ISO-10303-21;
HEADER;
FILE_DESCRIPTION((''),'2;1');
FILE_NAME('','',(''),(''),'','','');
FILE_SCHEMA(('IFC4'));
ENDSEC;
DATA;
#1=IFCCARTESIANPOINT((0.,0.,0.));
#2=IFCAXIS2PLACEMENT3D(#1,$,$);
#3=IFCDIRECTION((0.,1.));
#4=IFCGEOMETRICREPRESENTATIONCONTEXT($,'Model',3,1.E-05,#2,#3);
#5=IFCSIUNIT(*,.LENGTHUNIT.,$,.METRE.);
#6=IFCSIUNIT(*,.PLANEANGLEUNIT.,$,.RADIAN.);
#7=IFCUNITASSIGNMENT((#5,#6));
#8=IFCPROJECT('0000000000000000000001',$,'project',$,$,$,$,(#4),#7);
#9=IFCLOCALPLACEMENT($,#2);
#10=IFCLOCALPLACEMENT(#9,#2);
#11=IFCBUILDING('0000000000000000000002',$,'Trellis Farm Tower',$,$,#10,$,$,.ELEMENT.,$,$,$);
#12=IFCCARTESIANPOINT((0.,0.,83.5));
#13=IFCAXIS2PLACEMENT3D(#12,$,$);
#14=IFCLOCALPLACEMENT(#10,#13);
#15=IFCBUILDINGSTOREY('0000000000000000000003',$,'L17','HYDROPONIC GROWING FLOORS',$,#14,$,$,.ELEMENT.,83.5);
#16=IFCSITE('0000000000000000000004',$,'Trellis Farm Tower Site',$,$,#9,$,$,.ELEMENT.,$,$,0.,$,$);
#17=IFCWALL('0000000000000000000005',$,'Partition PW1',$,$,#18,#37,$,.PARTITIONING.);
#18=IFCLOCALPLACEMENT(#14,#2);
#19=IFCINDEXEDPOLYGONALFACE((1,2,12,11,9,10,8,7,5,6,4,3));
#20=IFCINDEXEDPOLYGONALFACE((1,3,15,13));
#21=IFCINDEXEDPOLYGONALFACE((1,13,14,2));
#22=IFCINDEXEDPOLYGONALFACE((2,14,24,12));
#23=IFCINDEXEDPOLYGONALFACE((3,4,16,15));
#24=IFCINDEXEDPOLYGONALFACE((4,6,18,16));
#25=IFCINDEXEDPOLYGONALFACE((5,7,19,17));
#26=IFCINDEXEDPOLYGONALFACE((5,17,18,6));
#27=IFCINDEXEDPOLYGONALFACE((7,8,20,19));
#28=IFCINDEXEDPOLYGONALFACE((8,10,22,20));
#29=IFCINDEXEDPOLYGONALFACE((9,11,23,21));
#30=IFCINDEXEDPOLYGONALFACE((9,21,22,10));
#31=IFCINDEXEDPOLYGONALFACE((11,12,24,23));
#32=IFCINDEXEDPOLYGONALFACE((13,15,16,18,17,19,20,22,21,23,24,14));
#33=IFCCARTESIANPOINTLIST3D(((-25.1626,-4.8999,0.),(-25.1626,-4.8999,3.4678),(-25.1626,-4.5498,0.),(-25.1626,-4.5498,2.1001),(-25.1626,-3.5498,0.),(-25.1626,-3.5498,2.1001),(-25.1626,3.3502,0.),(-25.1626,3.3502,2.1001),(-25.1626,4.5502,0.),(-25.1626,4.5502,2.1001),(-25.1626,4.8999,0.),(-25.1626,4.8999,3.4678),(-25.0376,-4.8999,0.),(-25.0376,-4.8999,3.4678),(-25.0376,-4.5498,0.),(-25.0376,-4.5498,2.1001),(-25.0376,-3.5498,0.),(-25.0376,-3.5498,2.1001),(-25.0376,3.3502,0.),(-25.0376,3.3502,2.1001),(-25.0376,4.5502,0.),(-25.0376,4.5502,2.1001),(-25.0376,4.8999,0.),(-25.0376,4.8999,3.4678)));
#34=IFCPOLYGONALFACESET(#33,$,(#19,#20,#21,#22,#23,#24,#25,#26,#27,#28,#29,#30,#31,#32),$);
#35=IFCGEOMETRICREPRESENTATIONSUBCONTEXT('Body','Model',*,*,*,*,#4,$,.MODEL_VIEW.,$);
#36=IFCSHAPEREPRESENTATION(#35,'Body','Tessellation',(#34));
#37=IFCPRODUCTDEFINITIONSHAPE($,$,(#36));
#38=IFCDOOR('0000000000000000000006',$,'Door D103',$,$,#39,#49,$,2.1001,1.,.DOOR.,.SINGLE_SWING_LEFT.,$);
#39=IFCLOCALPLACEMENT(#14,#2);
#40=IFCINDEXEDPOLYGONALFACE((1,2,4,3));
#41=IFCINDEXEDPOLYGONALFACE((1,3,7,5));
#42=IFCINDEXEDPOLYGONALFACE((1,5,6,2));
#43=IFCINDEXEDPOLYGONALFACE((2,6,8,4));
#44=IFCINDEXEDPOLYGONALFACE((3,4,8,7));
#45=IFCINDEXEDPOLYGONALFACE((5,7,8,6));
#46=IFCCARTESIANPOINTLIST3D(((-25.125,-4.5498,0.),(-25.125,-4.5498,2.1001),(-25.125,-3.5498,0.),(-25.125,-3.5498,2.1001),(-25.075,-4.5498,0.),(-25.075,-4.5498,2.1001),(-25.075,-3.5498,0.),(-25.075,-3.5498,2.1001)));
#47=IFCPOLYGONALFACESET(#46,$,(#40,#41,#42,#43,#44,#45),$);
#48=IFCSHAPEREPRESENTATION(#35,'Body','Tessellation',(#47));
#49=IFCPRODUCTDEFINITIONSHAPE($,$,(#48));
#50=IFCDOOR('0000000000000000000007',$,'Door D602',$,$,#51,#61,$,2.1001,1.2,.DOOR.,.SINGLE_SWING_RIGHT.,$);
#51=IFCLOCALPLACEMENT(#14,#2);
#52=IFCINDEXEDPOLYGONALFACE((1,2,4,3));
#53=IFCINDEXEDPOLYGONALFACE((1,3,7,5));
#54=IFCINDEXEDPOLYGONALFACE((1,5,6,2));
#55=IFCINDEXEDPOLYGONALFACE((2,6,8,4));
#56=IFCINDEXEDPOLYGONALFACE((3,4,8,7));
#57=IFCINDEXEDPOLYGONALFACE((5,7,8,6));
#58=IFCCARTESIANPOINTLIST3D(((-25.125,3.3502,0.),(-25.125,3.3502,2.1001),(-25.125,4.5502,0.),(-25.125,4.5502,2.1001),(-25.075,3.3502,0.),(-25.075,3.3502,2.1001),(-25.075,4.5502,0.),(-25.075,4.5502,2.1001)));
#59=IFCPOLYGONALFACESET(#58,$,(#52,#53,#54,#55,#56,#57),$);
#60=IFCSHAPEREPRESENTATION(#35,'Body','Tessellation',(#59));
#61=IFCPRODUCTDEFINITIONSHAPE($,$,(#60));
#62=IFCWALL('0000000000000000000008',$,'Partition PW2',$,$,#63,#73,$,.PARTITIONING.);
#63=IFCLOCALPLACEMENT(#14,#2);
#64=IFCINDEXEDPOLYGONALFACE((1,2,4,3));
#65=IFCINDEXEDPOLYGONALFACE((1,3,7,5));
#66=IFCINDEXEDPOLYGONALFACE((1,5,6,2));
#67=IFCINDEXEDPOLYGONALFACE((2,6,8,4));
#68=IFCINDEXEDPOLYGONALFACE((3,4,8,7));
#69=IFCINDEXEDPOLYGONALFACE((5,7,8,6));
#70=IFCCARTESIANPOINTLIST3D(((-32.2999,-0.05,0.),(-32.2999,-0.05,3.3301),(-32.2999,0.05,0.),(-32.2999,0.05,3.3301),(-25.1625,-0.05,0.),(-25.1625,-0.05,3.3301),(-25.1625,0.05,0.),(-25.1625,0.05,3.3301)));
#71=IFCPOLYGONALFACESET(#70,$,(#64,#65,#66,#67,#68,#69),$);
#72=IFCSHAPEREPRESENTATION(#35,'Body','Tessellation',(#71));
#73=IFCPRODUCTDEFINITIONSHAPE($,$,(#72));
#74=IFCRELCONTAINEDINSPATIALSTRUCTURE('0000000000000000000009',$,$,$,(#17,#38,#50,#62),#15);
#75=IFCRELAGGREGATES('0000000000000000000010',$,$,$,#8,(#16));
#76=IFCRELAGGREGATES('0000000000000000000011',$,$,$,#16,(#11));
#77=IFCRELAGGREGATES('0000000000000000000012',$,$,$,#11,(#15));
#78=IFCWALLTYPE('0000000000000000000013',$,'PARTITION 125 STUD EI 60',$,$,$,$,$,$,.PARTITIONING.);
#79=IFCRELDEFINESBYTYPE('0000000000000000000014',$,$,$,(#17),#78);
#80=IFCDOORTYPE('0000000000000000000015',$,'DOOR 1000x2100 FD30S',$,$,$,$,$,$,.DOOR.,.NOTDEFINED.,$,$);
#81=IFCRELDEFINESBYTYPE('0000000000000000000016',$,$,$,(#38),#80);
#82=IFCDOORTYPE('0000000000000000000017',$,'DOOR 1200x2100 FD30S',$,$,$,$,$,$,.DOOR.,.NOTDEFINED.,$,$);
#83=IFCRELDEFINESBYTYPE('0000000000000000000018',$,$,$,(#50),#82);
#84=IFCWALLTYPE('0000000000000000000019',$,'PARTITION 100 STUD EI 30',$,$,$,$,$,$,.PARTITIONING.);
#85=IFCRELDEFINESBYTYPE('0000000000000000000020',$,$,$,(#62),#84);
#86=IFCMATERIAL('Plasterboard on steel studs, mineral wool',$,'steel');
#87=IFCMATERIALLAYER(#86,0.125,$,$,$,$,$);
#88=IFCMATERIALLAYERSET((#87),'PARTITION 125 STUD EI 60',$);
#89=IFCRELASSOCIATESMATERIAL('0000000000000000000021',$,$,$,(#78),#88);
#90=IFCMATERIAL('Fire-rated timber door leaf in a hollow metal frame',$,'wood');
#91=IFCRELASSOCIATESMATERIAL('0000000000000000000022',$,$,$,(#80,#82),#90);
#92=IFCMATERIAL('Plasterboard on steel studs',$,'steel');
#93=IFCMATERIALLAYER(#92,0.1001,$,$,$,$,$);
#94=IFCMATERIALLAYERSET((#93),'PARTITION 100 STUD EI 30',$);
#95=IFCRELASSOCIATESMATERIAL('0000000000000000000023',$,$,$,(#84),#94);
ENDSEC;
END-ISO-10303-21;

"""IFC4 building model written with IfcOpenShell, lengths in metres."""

from ifc_helpers import new_model, si_unit, direction, frame, frame_2d, origin, place, context, subcontext, project, spatial, rectangle, extrude, source, transform, mapped, material, layer, layer_set, type_object, element, fill, save


model = new_model("IFC4")

# Units and contexts
model_context = context("Model", 3, precision=1e-05, world=origin(), true_north=direction((0.0, 1.0)))
body_context = subcontext(model_context, "Body", "Model", "MODEL_VIEW")
ifc_project = project(units=[si_unit("LENGTHUNIT", "METRE"), si_unit("PLANEANGLEUNIT", "RADIAN")], contexts=[model_context])

# Site, building, storey
site_placement = place(None, origin())
site = spatial("IfcSite", under=ifc_project, at=site_placement, Name="Trellis Farm Tower Site", CompositionType="ELEMENT", RefElevation=0.0)
building_placement = place(site_placement, origin())
building = spatial("IfcBuilding", under=site, at=building_placement, Name="Trellis Farm Tower", CompositionType="ELEMENT")
storey_placement = place(building_placement, frame((0.0, 0.0, 83.5)))
storey = spatial("IfcBuildingStorey", under=building, at=storey_placement, Name="L17", Description="HYDROPONIC GROWING FLOORS", CompositionType="ELEMENT", Elevation=83.5)

# Wall, openings, doors
ifc_material_1 = material(Name="Plasterboard on steel studs, mineral wool", Category="steel")
ifc_layer_1 = layer(ifc_material_1, 0.125)
ifc_layer_set_1 = layer_set([ifc_layer_1], Name="PARTITION 125 STUD EI 60")
wall_type_1 = type_object("IfcWallType", Name="PARTITION 125 STUD EI 60", PredefinedType="PARTITIONING", material=ifc_layer_set_1)
shared_shape_1 = source(origin(), body_context, "Body", "SweptSolid", [
    extrude(rectangle(XDim=9.7998, YDim=0.125, at=frame_2d((4.8999, 0.0))), origin(), (0.0, 0.0, 1.0), 3.4678),
])
wall_1_placement = place(storey_placement, frame((-25.1001, -4.8999, 0.0), z_axis=(0.0, 0.0, 1.0), x_axis=(0.0, 1.0, 0.0)))
wall_1 = element("IfcWall", 1, at=wall_1_placement, inside=storey, type_object=wall_type_1, Name="Partition PW1", PredefinedType="PARTITIONING", context=body_context, shape_type="MappedRepresentation", body=[
    mapped(shared_shape_1, transform((0.0, 0.0, 0.0))),
])
shared_shape_2 = source(origin(), body_context, "Body", "SweptSolid", [
    extrude(rectangle(XDim=1.0, YDim=2.1001, at=frame_2d((0.5, 1.05))), frame((0.0, 0.0725, 0.0), z_axis=(0.0, -1.0, 0.0), x_axis=(1.0, 0.0, 0.0)), (0.0, 0.0, 1.0), 0.145),
])
opening_1_placement = place(wall_1_placement, frame((0.3501, 0.0, 0.0)))
opening_1 = element("IfcOpeningElement", 2, at=opening_1_placement, cuts=wall_1, PredefinedType="OPENING", context=body_context, shape_type="MappedRepresentation", body=[
    mapped(shared_shape_2, transform((0.0, 0.0, 0.0))),
])
shared_shape_3 = source(origin(), body_context, "Body", "SweptSolid", [
    extrude(rectangle(XDim=1.2, YDim=2.1001, at=frame_2d((0.6001, 1.05))), frame((0.0, 0.0725, 0.0), z_axis=(0.0, -1.0, 0.0), x_axis=(1.0, 0.0, 0.0)), (0.0, 0.0, 1.0), 0.145),
])
opening_2_placement = place(wall_1_placement, frame((8.25, 0.0, 0.0)))
opening_2 = element("IfcOpeningElement", 3, at=opening_2_placement, cuts=wall_1, PredefinedType="OPENING", context=body_context, shape_type="MappedRepresentation", body=[
    mapped(shared_shape_3, transform((0.0, 0.0, 0.0))),
])
ifc_material_2 = material(Name="Fire-rated timber door leaf in a hollow metal frame", Category="wood")
door_type_1 = type_object("IfcDoorType", Name="DOOR 1000x2100 FD30S", OperationType="NOTDEFINED", PredefinedType="DOOR", material=ifc_material_2)
shared_shape_4 = source(origin(), body_context, "Body", "SweptSolid", [
    extrude(rectangle(XDim=1.0, YDim=2.1001, at=frame_2d((0.5, 1.05))), frame((0.0, 0.0249, 0.0), z_axis=(0.0, -1.0, 0.0), x_axis=(1.0, 0.0, 0.0)), (0.0, 0.0, 1.0), 0.05),
])
door_1_placement = place(opening_1_placement, origin())
door_1 = element("IfcDoor", 4, at=door_1_placement, inside=storey, type_object=door_type_1, Name="Door D103", OperationType="SINGLE_SWING_LEFT", OverallHeight=2.1001, OverallWidth=1.0, PredefinedType="DOOR", context=body_context, shape_type="MappedRepresentation", body=[
    mapped(shared_shape_4, transform((0.0, 0.0, 0.0))),
])
fill(opening_1, door_1)
door_type_2 = type_object("IfcDoorType", Name="DOOR 1200x2100 FD30S", OperationType="NOTDEFINED", PredefinedType="DOOR", material=ifc_material_2)
shared_shape_5 = source(origin(), body_context, "Body", "SweptSolid", [
    extrude(rectangle(XDim=1.2, YDim=2.1001, at=frame_2d((0.6001, 1.05))), frame((0.0, 0.0249, 0.0), z_axis=(0.0, -1.0, 0.0), x_axis=(1.0, 0.0, 0.0)), (0.0, 0.0, 1.0), 0.05),
])
door_2_placement = place(opening_2_placement, origin())
door_2 = element("IfcDoor", 5, at=door_2_placement, inside=storey, type_object=door_type_2, Name="Door D602", OperationType="SINGLE_SWING_RIGHT", OverallHeight=2.1001, OverallWidth=1.2, PredefinedType="DOOR", context=body_context, shape_type="MappedRepresentation", body=[
    mapped(shared_shape_5, transform((0.0, 0.0, 0.0))),
])
fill(opening_2, door_2)

# Wall
ifc_material_3 = material(Name="Plasterboard on steel studs", Category="steel")
ifc_layer_2 = layer(ifc_material_3, 0.1001)
ifc_layer_set_2 = layer_set([ifc_layer_2], Name="PARTITION 100 STUD EI 30")
wall_type_2 = type_object("IfcWallType", Name="PARTITION 100 STUD EI 30", PredefinedType="PARTITIONING", material=ifc_layer_set_2)
shared_shape_6 = source(origin(), body_context, "Body", "SweptSolid", [
    extrude(rectangle(XDim=7.1375, YDim=0.1001, at=frame_2d((3.5688, 0.0))), origin(), (0.0, 0.0, 1.0), 3.3301),
])
wall_2_placement = place(storey_placement, frame((-32.3, 0.0, 0.0), z_axis=(0.0, 0.0, 1.0), x_axis=(1.0, 0.0, 0.0)))
element("IfcWall", 6, at=wall_2_placement, inside=storey, type_object=wall_type_2, Name="Partition PW2", PredefinedType="PARTITIONING", context=body_context, shape_type="MappedRepresentation", body=[
    mapped(shared_shape_6, transform((0.0, 0.0, 0.0))),
])

save(model, "model.ifc")
